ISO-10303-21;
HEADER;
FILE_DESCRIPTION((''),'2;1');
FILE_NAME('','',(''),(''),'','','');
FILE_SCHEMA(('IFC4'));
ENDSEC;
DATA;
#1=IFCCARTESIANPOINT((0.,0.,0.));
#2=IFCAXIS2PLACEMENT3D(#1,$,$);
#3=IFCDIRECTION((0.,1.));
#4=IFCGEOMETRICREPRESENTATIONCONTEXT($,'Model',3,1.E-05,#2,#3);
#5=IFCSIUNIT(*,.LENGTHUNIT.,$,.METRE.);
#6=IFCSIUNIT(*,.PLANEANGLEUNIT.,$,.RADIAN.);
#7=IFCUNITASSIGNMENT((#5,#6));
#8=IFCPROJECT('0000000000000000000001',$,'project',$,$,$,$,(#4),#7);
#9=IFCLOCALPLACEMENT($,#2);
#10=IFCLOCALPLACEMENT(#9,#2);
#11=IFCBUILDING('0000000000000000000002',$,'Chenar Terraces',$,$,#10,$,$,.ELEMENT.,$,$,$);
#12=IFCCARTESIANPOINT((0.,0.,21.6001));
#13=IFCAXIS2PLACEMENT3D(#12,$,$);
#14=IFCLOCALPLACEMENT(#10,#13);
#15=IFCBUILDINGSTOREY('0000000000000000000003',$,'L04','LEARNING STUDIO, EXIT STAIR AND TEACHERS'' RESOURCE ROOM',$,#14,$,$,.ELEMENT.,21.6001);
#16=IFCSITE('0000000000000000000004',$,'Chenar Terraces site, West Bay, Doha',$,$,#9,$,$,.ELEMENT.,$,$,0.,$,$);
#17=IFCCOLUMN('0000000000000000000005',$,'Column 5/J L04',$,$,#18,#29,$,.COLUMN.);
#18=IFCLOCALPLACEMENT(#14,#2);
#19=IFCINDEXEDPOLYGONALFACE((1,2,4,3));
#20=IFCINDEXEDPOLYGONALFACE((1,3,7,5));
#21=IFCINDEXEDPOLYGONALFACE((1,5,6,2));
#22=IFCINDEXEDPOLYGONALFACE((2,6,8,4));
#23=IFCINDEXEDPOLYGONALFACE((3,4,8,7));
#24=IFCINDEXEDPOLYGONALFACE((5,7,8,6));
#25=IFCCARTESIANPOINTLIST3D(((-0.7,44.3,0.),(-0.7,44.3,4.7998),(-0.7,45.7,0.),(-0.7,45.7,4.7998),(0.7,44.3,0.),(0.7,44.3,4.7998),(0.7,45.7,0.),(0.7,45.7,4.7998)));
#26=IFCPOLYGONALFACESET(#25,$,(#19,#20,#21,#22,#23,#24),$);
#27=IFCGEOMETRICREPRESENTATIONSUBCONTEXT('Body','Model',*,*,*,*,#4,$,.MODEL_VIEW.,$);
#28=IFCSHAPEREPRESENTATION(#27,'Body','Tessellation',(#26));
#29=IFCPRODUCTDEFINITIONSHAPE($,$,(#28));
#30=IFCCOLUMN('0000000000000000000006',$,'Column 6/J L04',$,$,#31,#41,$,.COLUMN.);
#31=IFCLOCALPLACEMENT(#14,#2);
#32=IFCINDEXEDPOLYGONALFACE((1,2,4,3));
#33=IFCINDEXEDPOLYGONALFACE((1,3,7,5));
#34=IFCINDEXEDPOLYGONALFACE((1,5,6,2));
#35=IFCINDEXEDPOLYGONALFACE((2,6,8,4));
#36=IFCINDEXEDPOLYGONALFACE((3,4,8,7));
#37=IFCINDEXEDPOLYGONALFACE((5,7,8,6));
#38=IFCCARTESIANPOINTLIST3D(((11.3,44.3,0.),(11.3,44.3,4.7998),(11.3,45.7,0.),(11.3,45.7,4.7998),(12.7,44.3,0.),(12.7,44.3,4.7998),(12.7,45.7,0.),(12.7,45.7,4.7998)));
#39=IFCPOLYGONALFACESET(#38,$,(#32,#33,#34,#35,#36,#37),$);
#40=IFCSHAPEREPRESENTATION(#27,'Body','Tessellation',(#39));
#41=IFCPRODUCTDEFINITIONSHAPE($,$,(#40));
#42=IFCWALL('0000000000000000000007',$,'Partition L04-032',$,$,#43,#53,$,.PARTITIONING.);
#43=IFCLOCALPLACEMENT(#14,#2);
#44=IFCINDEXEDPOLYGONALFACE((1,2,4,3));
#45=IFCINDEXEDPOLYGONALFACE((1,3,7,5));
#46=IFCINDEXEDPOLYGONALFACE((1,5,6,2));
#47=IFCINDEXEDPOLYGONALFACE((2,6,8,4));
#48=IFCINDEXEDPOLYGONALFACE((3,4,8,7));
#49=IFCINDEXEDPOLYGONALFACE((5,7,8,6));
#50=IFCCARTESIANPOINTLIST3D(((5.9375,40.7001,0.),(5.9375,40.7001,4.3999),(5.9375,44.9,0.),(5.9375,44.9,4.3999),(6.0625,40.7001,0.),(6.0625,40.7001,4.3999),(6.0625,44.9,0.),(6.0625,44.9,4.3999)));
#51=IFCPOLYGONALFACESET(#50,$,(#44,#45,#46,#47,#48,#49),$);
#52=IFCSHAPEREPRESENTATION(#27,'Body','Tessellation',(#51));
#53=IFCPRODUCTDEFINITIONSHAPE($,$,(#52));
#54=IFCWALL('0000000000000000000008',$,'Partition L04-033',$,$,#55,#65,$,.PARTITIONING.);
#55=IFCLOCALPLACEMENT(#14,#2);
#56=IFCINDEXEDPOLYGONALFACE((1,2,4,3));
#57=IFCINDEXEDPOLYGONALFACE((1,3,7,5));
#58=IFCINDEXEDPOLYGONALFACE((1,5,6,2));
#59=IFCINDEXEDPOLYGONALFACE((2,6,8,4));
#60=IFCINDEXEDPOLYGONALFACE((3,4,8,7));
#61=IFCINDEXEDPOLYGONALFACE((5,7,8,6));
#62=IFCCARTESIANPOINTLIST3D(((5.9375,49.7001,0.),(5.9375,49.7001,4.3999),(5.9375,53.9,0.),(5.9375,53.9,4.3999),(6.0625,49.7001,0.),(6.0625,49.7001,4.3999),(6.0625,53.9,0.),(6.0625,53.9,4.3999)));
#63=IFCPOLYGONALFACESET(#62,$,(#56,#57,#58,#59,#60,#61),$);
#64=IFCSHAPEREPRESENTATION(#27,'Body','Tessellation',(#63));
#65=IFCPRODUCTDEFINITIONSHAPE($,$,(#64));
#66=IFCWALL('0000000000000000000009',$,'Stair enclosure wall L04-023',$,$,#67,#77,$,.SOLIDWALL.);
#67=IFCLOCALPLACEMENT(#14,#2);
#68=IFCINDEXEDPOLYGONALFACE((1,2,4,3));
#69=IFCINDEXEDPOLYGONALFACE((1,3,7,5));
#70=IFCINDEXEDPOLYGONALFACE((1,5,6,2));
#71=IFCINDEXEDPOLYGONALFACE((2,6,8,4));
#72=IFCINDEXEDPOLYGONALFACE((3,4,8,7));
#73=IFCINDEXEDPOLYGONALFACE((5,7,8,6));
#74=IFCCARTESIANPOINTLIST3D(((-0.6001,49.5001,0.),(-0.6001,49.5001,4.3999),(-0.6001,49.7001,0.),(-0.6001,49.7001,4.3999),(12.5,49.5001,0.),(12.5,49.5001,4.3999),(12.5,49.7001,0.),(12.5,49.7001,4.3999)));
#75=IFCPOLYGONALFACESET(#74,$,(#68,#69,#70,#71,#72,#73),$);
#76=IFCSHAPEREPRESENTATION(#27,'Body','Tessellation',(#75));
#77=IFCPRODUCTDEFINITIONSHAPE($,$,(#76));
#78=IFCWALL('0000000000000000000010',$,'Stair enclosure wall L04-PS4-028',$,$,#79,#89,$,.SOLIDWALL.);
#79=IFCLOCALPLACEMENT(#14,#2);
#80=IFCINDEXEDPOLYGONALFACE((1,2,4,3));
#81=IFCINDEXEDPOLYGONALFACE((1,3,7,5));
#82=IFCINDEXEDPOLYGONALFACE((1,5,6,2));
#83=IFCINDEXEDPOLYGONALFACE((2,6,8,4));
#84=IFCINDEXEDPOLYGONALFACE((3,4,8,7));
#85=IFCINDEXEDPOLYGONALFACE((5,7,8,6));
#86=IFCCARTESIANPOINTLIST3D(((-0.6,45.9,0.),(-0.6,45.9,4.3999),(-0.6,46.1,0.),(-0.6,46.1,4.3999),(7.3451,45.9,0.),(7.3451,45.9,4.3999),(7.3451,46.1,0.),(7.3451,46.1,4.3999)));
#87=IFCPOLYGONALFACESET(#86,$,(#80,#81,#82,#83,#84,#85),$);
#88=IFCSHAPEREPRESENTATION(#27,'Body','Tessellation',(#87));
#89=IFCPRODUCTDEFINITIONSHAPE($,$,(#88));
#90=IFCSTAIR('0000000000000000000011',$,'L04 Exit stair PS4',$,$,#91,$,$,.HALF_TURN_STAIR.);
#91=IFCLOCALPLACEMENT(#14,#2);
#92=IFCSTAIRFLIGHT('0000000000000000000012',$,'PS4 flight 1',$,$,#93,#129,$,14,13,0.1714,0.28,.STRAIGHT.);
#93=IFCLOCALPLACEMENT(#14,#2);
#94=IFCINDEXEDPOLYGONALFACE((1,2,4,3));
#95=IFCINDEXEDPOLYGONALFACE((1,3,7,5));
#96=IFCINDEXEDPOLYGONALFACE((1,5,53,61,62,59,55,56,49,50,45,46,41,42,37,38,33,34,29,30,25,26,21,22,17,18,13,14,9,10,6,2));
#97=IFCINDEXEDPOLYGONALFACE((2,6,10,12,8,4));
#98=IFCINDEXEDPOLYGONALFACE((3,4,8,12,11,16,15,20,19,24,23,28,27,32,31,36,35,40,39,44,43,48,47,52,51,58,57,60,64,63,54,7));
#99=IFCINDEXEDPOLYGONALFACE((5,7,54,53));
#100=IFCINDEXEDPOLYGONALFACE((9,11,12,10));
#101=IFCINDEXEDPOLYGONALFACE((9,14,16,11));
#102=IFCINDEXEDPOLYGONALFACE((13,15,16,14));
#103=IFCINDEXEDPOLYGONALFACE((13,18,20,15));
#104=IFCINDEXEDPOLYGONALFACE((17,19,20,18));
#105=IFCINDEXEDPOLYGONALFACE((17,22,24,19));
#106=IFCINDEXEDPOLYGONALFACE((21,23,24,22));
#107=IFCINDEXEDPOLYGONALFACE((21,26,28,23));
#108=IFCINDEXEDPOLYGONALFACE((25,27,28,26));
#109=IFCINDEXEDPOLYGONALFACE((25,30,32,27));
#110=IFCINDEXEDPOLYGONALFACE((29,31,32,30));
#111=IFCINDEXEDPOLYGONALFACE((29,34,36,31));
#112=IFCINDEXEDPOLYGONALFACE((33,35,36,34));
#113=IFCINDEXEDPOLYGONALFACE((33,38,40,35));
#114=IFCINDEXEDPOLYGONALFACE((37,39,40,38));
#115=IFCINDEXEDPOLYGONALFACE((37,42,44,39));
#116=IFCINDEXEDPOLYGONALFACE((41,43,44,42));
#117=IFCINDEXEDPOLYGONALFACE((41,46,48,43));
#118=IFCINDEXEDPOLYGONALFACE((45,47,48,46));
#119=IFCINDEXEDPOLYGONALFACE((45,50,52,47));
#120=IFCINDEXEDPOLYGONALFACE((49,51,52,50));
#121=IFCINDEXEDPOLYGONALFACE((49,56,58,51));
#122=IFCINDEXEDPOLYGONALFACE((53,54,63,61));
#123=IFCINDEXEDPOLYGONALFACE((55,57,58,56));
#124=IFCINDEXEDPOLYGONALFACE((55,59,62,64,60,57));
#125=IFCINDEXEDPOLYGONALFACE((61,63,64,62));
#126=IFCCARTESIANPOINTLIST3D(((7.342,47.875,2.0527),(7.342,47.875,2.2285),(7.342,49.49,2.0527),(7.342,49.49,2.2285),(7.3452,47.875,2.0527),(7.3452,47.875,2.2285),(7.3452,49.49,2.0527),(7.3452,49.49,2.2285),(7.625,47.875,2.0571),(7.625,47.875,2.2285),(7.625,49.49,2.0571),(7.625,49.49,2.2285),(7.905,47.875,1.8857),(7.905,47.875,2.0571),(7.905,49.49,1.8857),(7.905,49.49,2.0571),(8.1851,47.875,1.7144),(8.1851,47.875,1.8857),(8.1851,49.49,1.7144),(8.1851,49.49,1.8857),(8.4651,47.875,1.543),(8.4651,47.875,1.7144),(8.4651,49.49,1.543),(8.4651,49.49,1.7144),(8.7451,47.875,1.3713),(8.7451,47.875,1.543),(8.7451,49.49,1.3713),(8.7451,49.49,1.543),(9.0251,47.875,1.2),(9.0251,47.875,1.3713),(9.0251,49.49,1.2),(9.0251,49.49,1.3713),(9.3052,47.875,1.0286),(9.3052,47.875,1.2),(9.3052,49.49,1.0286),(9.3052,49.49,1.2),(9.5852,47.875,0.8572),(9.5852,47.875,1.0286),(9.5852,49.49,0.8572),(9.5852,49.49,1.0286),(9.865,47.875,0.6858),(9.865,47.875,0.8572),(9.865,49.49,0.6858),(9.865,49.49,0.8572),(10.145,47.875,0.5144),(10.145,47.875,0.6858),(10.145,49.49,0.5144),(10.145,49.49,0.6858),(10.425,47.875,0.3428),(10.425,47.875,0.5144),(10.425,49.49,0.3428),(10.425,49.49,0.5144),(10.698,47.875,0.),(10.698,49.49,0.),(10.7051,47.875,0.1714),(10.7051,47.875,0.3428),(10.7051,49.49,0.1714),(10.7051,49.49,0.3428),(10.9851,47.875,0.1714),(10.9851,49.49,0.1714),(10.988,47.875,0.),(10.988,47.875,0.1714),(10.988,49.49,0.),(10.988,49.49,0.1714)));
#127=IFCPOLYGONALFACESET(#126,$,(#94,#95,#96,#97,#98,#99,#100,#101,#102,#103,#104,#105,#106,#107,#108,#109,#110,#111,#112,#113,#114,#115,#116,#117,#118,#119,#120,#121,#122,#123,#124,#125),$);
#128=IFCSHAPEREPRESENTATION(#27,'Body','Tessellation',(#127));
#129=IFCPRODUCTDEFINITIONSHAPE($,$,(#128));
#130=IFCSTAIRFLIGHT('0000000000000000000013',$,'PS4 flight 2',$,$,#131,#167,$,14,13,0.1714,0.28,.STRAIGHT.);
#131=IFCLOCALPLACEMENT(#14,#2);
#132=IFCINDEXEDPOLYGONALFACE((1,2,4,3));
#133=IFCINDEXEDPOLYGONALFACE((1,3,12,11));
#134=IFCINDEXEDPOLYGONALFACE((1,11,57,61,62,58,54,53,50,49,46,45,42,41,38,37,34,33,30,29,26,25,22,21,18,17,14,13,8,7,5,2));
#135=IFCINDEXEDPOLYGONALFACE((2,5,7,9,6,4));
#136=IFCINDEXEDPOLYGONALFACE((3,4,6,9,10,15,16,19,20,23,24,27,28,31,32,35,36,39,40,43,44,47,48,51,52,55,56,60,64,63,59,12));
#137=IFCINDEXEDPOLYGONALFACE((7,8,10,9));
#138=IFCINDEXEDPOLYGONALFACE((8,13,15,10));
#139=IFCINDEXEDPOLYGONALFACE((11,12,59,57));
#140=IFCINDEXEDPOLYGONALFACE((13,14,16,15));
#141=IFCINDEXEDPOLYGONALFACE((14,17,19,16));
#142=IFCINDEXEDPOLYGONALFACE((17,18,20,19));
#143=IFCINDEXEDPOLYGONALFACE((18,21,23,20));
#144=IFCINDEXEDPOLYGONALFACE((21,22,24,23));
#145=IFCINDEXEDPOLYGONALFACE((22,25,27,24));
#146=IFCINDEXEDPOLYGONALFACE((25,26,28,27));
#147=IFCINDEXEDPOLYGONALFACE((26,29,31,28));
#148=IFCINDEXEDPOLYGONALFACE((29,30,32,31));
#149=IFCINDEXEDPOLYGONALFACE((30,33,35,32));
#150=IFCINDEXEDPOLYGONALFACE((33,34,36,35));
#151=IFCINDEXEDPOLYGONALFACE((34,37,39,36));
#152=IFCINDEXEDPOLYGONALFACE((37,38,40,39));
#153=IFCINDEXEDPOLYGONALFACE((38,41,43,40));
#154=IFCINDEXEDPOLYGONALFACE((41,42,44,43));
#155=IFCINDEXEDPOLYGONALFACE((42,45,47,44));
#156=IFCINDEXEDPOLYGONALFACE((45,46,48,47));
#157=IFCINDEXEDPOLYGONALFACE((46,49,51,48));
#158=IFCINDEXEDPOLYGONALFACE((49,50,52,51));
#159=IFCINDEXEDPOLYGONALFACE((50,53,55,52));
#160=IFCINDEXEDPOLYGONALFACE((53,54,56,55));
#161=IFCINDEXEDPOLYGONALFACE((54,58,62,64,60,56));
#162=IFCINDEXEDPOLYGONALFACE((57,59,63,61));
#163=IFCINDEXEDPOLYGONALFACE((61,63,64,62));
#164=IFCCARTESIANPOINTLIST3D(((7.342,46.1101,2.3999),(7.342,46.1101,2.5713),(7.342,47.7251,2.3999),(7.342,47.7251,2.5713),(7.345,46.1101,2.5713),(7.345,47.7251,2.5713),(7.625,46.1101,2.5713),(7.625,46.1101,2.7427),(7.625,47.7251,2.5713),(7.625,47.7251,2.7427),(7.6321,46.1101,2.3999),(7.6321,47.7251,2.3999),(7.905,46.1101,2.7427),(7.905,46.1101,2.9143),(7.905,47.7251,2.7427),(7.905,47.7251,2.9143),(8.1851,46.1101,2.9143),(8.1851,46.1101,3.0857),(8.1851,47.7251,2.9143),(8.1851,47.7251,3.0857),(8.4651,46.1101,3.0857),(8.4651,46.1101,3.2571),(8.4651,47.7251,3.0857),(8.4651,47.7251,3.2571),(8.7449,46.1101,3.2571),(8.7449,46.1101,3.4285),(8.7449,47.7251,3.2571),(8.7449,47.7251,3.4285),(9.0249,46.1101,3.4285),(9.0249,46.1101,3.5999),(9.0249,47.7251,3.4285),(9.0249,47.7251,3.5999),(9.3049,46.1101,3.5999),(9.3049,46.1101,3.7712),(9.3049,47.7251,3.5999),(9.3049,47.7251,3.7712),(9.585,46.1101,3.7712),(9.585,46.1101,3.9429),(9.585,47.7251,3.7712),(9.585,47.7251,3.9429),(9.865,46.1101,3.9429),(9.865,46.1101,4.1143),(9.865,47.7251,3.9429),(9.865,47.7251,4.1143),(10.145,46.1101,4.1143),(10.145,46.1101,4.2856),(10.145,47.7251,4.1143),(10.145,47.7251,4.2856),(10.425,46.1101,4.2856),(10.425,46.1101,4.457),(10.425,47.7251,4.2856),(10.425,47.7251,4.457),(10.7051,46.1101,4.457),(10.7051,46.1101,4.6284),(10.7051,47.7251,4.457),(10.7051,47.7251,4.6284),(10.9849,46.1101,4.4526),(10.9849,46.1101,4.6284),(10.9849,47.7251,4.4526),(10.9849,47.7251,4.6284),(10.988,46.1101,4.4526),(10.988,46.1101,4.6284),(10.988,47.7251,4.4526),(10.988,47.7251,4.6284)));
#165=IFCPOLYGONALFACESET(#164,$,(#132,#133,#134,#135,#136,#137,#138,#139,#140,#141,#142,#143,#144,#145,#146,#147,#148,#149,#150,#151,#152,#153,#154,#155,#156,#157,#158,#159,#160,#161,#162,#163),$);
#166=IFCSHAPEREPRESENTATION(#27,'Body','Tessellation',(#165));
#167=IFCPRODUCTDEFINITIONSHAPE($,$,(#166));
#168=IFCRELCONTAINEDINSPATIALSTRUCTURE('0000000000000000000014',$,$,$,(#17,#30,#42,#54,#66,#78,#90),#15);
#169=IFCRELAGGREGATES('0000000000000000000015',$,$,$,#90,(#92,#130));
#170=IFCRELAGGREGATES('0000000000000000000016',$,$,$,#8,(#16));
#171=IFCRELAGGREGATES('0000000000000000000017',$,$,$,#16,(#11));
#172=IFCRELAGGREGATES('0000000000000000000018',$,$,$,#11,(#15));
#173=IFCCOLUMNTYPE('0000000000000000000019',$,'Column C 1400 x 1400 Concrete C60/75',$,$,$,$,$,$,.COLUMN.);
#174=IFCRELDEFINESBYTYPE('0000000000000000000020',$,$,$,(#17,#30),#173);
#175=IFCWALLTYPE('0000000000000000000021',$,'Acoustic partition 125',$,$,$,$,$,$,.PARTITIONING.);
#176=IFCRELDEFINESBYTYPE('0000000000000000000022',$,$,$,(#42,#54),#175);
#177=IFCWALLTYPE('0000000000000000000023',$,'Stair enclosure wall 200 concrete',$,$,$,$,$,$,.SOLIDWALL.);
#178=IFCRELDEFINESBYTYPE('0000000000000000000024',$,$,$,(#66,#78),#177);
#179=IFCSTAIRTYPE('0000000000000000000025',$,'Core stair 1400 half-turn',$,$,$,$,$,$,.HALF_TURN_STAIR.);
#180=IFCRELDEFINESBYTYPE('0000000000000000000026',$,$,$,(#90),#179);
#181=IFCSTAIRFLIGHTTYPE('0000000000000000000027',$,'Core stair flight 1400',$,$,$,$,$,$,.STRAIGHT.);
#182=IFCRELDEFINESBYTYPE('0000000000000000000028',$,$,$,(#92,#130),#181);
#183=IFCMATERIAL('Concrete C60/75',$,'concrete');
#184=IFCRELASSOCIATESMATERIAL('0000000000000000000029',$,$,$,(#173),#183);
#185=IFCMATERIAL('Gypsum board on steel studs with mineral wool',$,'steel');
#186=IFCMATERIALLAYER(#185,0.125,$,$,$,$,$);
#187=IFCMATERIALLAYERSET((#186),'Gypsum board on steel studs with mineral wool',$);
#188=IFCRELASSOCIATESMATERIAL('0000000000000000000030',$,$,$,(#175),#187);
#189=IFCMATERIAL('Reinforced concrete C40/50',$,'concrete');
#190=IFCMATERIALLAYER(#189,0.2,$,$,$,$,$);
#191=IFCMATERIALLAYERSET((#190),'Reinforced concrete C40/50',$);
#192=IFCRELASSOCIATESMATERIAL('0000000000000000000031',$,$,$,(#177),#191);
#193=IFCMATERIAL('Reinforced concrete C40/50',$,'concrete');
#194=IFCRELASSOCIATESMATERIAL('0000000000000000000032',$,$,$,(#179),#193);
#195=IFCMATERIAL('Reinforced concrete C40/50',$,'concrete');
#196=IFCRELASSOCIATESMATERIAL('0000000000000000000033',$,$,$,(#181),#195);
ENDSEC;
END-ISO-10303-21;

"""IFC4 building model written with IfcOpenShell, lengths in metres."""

from ifc_helpers import new_model, si_unit, direction, frame, frame_2d, origin, origin_2d, place, context, subcontext, project, spatial, polyline, rectangle, outline, extrude, material, layer, layer_set, material_profile, profile_set, type_object, element, aggregate, save


model = new_model("IFC4")

# Units and contexts
model_context = context("Model", 3, precision=1e-05, world=origin(), true_north=direction((0.0, 1.0)))
body_context = subcontext(model_context, "Body", "Model", "MODEL_VIEW")
ifc_project = project(units=[si_unit("LENGTHUNIT", "METRE"), si_unit("PLANEANGLEUNIT", "RADIAN")], contexts=[model_context])

# Site, building, storey
site_placement = place(None, origin())
site = spatial("IfcSite", under=ifc_project, at=site_placement, Name="Chenar Terraces site, West Bay, Doha", CompositionType="ELEMENT", RefElevation=0.0)
building_placement = place(site_placement, origin())
building = spatial("IfcBuilding", under=site, at=building_placement, Name="Chenar Terraces", CompositionType="ELEMENT")
storey_placement = place(building_placement, frame((0.0, 0.0, 21.6001)))
storey = spatial("IfcBuildingStorey", under=building, at=storey_placement, Name="L04", Description="LEARNING STUDIO, EXIT STAIR AND TEACHERS' RESOURCE ROOM", CompositionType="ELEMENT", Elevation=21.6001)

# Columns
ifc_material_1 = material(Name="Concrete C60/75", Category="concrete")
ifc_material_profile = material_profile(ifc_material_1, rectangle(XDim=1.3999, YDim=1.3999, at=origin_2d()), Name="C 1400 x 1400")
ifc_profile_set = profile_set([ifc_material_profile], Name="Concrete C60/75")
column_type = type_object("IfcColumnType", Name="Column C 1400 x 1400 Concrete C60/75", PredefinedType="COLUMN", material=ifc_profile_set)
for number, where, z_axis, x_axis, name in (
    (1, (0.0, 45.0, 0.0), (0.0, 0.0, 1.0), (1.0, 0.0, 0.0), "Column 5/J L04"),
    (2, (12.0, 45.0, 0.0), (0.0, 0.0, 1.0), (1.0, 0.0, 0.0), "Column 6/J L04"),
):
    element("IfcColumn", number, at=place(storey_placement, frame(where, z_axis=z_axis, x_axis=x_axis)), inside=storey, type_object=column_type, Name=name, PredefinedType="COLUMN", context=body_context, shape_type="SweptSolid", body=[
        extrude(rectangle(XDim=1.3999, YDim=1.3999, at=origin_2d()), origin(), (0.0, 0.0, 1.0), 4.7998),
    ])

# Walls
ifc_material_2 = material(Name="Gypsum board on steel studs with mineral wool", Category="steel")
ifc_layer_1 = layer(ifc_material_2, 0.125)
ifc_layer_set_1 = layer_set([ifc_layer_1], Name="Gypsum board on steel studs with mineral wool")
wall_type_1 = type_object("IfcWallType", Name="Acoustic partition 125", PredefinedType="PARTITIONING", material=ifc_layer_set_1)
for number, where, z_axis, x_axis, name in (
    (3, (6.0, 40.7, 0.0), (0.0, 0.0, 1.0), (0.0, 1.0, 0.0), "Partition L04-032"),
    (4, (6.0, 49.7, 0.0), (0.0, 0.0, 1.0), (0.0, 1.0, 0.0), "Partition L04-033"),
):
    element("IfcWall", number, at=place(storey_placement, frame(where, z_axis=z_axis, x_axis=x_axis)), inside=storey, type_object=wall_type_1, Name=name, PredefinedType="PARTITIONING", context=body_context, shape_type="SweptSolid", body=[
        extrude(rectangle(XDim=4.2, YDim=0.125, at=frame_2d((2.1001, 0.0))), origin(), (0.0, 0.0, 1.0), 4.3999),
    ])
ifc_material_3 = material(Name="Reinforced concrete C40/50", Category="concrete")
ifc_layer_2 = layer(ifc_material_3, 0.2)
ifc_layer_set_2 = layer_set([ifc_layer_2], Name="Reinforced concrete C40/50")
wall_type_2 = type_object("IfcWallType", Name="Stair enclosure wall 200 concrete", PredefinedType="SOLIDWALL", material=ifc_layer_set_2)
wall_1_placement = place(storey_placement, frame((-0.6001, 49.6001, 0.0), z_axis=(0.0, 0.0, 1.0), x_axis=(1.0, 0.0, 0.0)))
element("IfcWall", 5, at=wall_1_placement, inside=storey, type_object=wall_type_2, Name="Stair enclosure wall L04-023", PredefinedType="SOLIDWALL", context=body_context, shape_type="SweptSolid", body=[
    extrude(rectangle(XDim=13.1001, YDim=0.2, at=frame_2d((6.55, 0.0))), origin(), (0.0, 0.0, 1.0), 4.3999),
])
wall_2_placement = place(storey_placement, frame((-0.6001, 46.0, 0.0), z_axis=(0.0, 0.0, 1.0), x_axis=(1.0, 0.0, 0.0)))
element("IfcWall", 6, at=wall_2_placement, inside=storey, type_object=wall_type_2, Name="Stair enclosure wall L04-PS4-028", PredefinedType="SOLIDWALL", context=body_context, shape_type="SweptSolid", body=[
    extrude(rectangle(XDim=7.9451, YDim=0.2, at=frame_2d((3.9727, 0.0))), origin(), (0.0, 0.0, 1.0), 4.3999),
])

# Stair, stair flights
ifc_material_4 = material(Name="Reinforced concrete C40/50", Category="concrete")
stair_type = type_object("IfcStairType", Name="Core stair 1400 half-turn", PredefinedType="HALF_TURN_STAIR", material=ifc_material_4)
placement = place(storey_placement, origin())
stair_1 = element("IfcStair", 7, at=placement, inside=storey, type_object=stair_type, Name="L04 Exit stair PS4", PredefinedType="HALF_TURN_STAIR")
ifc_material_5 = material(Name="Reinforced concrete C40/50", Category="concrete")
stair_flight_type = type_object("IfcStairFlightType", Name="Core stair flight 1400", PredefinedType="STRAIGHT", material=ifc_material_5)
stair_flight_1_placement = place(storey_placement, frame((10.9851, 48.6826, 0.0), z_axis=(0.0, 0.0, 1.0), x_axis=(-1.0, 0.0, 0.0)))
stair_flight_1 = element("IfcStairFlight", 8, at=stair_flight_1_placement, type_object=stair_flight_type, Name="PS4 flight 1", NumberOfRisers=14, NumberOfTreads=13, PredefinedType="STRAIGHT", RiserHeight=0.1714, TreadLength=0.28, context=body_context, shape_type="SweptSolid", body=[
    extrude(outline(polyline([(-0.0029, 0.0), (-0.0029, 0.1714), (0.0, 0.1714), (0.28, 0.1714), (0.28, 0.3428), (0.5601, 0.3428), (0.5601, 0.5144), (0.8401, 0.5144), (0.8401, 0.6858), (1.1201, 0.6858), (1.1201, 0.8572), (1.3999, 0.8572), (1.3999, 1.0286), (1.6799, 1.0286), (1.6799, 1.2), (1.96, 1.2), (1.96, 1.3713), (2.24, 1.3713), (2.24, 1.543), (2.52, 1.543), (2.52, 1.7144), (2.8, 1.7144), (2.8, 1.8857), (3.0801, 1.8857), (3.0801, 2.0571), (3.3601, 2.0571), (3.3601, 2.2285), (3.6399, 2.2285), (3.6431, 2.2285), (3.6431, 2.0527), (3.6399, 2.0527), (0.2871, 0.0), (-0.0029, 0.0)])), frame((0.0, 0.8076, 0.0), z_axis=(0.0, -1.0, 0.0), x_axis=(1.0, 0.0, 0.0)), (0.0, 0.0, 1.0), 1.615),
])
stair_flight_2_placement = place(storey_placement, frame((7.345, 46.9175, 2.3999), z_axis=(0.0, 0.0, 1.0), x_axis=(1.0, 0.0, 0.0)))
stair_flight_2 = element("IfcStairFlight", 9, at=stair_flight_2_placement, type_object=stair_flight_type, Name="PS4 flight 2", NumberOfRisers=14, NumberOfTreads=13, PredefinedType="STRAIGHT", RiserHeight=0.1714, TreadLength=0.28, context=body_context, shape_type="SweptSolid", body=[
    extrude(outline(polyline([(-0.0029, 0.0), (-0.0029, 0.1714), (0.0, 0.1714), (0.28, 0.1714), (0.28, 0.3428), (0.5601, 0.3428), (0.5601, 0.5144), (0.8401, 0.5144), (0.8401, 0.6858), (1.1201, 0.6858), (1.1201, 0.8572), (1.3999, 0.8572), (1.3999, 1.0286), (1.6799, 1.0286), (1.6799, 1.2), (1.96, 1.2), (1.96, 1.3713), (2.24, 1.3713), (2.24, 1.543), (2.52, 1.543), (2.52, 1.7144), (2.8, 1.7144), (2.8, 1.8857), (3.0801, 1.8857), (3.0801, 2.0571), (3.3601, 2.0571), (3.3601, 2.2285), (3.6399, 2.2285), (3.6431, 2.2285), (3.6431, 2.0527), (3.6399, 2.0527), (0.2871, 0.0), (-0.0029, 0.0)])), frame((0.0, 0.8076, 0.0), z_axis=(0.0, -1.0, 0.0), x_axis=(1.0, 0.0, 0.0)), (0.0, 0.0, 1.0), 1.615),
])
aggregate(stair_1, [stair_flight_1, stair_flight_2])

save(model, "model.ifc")
